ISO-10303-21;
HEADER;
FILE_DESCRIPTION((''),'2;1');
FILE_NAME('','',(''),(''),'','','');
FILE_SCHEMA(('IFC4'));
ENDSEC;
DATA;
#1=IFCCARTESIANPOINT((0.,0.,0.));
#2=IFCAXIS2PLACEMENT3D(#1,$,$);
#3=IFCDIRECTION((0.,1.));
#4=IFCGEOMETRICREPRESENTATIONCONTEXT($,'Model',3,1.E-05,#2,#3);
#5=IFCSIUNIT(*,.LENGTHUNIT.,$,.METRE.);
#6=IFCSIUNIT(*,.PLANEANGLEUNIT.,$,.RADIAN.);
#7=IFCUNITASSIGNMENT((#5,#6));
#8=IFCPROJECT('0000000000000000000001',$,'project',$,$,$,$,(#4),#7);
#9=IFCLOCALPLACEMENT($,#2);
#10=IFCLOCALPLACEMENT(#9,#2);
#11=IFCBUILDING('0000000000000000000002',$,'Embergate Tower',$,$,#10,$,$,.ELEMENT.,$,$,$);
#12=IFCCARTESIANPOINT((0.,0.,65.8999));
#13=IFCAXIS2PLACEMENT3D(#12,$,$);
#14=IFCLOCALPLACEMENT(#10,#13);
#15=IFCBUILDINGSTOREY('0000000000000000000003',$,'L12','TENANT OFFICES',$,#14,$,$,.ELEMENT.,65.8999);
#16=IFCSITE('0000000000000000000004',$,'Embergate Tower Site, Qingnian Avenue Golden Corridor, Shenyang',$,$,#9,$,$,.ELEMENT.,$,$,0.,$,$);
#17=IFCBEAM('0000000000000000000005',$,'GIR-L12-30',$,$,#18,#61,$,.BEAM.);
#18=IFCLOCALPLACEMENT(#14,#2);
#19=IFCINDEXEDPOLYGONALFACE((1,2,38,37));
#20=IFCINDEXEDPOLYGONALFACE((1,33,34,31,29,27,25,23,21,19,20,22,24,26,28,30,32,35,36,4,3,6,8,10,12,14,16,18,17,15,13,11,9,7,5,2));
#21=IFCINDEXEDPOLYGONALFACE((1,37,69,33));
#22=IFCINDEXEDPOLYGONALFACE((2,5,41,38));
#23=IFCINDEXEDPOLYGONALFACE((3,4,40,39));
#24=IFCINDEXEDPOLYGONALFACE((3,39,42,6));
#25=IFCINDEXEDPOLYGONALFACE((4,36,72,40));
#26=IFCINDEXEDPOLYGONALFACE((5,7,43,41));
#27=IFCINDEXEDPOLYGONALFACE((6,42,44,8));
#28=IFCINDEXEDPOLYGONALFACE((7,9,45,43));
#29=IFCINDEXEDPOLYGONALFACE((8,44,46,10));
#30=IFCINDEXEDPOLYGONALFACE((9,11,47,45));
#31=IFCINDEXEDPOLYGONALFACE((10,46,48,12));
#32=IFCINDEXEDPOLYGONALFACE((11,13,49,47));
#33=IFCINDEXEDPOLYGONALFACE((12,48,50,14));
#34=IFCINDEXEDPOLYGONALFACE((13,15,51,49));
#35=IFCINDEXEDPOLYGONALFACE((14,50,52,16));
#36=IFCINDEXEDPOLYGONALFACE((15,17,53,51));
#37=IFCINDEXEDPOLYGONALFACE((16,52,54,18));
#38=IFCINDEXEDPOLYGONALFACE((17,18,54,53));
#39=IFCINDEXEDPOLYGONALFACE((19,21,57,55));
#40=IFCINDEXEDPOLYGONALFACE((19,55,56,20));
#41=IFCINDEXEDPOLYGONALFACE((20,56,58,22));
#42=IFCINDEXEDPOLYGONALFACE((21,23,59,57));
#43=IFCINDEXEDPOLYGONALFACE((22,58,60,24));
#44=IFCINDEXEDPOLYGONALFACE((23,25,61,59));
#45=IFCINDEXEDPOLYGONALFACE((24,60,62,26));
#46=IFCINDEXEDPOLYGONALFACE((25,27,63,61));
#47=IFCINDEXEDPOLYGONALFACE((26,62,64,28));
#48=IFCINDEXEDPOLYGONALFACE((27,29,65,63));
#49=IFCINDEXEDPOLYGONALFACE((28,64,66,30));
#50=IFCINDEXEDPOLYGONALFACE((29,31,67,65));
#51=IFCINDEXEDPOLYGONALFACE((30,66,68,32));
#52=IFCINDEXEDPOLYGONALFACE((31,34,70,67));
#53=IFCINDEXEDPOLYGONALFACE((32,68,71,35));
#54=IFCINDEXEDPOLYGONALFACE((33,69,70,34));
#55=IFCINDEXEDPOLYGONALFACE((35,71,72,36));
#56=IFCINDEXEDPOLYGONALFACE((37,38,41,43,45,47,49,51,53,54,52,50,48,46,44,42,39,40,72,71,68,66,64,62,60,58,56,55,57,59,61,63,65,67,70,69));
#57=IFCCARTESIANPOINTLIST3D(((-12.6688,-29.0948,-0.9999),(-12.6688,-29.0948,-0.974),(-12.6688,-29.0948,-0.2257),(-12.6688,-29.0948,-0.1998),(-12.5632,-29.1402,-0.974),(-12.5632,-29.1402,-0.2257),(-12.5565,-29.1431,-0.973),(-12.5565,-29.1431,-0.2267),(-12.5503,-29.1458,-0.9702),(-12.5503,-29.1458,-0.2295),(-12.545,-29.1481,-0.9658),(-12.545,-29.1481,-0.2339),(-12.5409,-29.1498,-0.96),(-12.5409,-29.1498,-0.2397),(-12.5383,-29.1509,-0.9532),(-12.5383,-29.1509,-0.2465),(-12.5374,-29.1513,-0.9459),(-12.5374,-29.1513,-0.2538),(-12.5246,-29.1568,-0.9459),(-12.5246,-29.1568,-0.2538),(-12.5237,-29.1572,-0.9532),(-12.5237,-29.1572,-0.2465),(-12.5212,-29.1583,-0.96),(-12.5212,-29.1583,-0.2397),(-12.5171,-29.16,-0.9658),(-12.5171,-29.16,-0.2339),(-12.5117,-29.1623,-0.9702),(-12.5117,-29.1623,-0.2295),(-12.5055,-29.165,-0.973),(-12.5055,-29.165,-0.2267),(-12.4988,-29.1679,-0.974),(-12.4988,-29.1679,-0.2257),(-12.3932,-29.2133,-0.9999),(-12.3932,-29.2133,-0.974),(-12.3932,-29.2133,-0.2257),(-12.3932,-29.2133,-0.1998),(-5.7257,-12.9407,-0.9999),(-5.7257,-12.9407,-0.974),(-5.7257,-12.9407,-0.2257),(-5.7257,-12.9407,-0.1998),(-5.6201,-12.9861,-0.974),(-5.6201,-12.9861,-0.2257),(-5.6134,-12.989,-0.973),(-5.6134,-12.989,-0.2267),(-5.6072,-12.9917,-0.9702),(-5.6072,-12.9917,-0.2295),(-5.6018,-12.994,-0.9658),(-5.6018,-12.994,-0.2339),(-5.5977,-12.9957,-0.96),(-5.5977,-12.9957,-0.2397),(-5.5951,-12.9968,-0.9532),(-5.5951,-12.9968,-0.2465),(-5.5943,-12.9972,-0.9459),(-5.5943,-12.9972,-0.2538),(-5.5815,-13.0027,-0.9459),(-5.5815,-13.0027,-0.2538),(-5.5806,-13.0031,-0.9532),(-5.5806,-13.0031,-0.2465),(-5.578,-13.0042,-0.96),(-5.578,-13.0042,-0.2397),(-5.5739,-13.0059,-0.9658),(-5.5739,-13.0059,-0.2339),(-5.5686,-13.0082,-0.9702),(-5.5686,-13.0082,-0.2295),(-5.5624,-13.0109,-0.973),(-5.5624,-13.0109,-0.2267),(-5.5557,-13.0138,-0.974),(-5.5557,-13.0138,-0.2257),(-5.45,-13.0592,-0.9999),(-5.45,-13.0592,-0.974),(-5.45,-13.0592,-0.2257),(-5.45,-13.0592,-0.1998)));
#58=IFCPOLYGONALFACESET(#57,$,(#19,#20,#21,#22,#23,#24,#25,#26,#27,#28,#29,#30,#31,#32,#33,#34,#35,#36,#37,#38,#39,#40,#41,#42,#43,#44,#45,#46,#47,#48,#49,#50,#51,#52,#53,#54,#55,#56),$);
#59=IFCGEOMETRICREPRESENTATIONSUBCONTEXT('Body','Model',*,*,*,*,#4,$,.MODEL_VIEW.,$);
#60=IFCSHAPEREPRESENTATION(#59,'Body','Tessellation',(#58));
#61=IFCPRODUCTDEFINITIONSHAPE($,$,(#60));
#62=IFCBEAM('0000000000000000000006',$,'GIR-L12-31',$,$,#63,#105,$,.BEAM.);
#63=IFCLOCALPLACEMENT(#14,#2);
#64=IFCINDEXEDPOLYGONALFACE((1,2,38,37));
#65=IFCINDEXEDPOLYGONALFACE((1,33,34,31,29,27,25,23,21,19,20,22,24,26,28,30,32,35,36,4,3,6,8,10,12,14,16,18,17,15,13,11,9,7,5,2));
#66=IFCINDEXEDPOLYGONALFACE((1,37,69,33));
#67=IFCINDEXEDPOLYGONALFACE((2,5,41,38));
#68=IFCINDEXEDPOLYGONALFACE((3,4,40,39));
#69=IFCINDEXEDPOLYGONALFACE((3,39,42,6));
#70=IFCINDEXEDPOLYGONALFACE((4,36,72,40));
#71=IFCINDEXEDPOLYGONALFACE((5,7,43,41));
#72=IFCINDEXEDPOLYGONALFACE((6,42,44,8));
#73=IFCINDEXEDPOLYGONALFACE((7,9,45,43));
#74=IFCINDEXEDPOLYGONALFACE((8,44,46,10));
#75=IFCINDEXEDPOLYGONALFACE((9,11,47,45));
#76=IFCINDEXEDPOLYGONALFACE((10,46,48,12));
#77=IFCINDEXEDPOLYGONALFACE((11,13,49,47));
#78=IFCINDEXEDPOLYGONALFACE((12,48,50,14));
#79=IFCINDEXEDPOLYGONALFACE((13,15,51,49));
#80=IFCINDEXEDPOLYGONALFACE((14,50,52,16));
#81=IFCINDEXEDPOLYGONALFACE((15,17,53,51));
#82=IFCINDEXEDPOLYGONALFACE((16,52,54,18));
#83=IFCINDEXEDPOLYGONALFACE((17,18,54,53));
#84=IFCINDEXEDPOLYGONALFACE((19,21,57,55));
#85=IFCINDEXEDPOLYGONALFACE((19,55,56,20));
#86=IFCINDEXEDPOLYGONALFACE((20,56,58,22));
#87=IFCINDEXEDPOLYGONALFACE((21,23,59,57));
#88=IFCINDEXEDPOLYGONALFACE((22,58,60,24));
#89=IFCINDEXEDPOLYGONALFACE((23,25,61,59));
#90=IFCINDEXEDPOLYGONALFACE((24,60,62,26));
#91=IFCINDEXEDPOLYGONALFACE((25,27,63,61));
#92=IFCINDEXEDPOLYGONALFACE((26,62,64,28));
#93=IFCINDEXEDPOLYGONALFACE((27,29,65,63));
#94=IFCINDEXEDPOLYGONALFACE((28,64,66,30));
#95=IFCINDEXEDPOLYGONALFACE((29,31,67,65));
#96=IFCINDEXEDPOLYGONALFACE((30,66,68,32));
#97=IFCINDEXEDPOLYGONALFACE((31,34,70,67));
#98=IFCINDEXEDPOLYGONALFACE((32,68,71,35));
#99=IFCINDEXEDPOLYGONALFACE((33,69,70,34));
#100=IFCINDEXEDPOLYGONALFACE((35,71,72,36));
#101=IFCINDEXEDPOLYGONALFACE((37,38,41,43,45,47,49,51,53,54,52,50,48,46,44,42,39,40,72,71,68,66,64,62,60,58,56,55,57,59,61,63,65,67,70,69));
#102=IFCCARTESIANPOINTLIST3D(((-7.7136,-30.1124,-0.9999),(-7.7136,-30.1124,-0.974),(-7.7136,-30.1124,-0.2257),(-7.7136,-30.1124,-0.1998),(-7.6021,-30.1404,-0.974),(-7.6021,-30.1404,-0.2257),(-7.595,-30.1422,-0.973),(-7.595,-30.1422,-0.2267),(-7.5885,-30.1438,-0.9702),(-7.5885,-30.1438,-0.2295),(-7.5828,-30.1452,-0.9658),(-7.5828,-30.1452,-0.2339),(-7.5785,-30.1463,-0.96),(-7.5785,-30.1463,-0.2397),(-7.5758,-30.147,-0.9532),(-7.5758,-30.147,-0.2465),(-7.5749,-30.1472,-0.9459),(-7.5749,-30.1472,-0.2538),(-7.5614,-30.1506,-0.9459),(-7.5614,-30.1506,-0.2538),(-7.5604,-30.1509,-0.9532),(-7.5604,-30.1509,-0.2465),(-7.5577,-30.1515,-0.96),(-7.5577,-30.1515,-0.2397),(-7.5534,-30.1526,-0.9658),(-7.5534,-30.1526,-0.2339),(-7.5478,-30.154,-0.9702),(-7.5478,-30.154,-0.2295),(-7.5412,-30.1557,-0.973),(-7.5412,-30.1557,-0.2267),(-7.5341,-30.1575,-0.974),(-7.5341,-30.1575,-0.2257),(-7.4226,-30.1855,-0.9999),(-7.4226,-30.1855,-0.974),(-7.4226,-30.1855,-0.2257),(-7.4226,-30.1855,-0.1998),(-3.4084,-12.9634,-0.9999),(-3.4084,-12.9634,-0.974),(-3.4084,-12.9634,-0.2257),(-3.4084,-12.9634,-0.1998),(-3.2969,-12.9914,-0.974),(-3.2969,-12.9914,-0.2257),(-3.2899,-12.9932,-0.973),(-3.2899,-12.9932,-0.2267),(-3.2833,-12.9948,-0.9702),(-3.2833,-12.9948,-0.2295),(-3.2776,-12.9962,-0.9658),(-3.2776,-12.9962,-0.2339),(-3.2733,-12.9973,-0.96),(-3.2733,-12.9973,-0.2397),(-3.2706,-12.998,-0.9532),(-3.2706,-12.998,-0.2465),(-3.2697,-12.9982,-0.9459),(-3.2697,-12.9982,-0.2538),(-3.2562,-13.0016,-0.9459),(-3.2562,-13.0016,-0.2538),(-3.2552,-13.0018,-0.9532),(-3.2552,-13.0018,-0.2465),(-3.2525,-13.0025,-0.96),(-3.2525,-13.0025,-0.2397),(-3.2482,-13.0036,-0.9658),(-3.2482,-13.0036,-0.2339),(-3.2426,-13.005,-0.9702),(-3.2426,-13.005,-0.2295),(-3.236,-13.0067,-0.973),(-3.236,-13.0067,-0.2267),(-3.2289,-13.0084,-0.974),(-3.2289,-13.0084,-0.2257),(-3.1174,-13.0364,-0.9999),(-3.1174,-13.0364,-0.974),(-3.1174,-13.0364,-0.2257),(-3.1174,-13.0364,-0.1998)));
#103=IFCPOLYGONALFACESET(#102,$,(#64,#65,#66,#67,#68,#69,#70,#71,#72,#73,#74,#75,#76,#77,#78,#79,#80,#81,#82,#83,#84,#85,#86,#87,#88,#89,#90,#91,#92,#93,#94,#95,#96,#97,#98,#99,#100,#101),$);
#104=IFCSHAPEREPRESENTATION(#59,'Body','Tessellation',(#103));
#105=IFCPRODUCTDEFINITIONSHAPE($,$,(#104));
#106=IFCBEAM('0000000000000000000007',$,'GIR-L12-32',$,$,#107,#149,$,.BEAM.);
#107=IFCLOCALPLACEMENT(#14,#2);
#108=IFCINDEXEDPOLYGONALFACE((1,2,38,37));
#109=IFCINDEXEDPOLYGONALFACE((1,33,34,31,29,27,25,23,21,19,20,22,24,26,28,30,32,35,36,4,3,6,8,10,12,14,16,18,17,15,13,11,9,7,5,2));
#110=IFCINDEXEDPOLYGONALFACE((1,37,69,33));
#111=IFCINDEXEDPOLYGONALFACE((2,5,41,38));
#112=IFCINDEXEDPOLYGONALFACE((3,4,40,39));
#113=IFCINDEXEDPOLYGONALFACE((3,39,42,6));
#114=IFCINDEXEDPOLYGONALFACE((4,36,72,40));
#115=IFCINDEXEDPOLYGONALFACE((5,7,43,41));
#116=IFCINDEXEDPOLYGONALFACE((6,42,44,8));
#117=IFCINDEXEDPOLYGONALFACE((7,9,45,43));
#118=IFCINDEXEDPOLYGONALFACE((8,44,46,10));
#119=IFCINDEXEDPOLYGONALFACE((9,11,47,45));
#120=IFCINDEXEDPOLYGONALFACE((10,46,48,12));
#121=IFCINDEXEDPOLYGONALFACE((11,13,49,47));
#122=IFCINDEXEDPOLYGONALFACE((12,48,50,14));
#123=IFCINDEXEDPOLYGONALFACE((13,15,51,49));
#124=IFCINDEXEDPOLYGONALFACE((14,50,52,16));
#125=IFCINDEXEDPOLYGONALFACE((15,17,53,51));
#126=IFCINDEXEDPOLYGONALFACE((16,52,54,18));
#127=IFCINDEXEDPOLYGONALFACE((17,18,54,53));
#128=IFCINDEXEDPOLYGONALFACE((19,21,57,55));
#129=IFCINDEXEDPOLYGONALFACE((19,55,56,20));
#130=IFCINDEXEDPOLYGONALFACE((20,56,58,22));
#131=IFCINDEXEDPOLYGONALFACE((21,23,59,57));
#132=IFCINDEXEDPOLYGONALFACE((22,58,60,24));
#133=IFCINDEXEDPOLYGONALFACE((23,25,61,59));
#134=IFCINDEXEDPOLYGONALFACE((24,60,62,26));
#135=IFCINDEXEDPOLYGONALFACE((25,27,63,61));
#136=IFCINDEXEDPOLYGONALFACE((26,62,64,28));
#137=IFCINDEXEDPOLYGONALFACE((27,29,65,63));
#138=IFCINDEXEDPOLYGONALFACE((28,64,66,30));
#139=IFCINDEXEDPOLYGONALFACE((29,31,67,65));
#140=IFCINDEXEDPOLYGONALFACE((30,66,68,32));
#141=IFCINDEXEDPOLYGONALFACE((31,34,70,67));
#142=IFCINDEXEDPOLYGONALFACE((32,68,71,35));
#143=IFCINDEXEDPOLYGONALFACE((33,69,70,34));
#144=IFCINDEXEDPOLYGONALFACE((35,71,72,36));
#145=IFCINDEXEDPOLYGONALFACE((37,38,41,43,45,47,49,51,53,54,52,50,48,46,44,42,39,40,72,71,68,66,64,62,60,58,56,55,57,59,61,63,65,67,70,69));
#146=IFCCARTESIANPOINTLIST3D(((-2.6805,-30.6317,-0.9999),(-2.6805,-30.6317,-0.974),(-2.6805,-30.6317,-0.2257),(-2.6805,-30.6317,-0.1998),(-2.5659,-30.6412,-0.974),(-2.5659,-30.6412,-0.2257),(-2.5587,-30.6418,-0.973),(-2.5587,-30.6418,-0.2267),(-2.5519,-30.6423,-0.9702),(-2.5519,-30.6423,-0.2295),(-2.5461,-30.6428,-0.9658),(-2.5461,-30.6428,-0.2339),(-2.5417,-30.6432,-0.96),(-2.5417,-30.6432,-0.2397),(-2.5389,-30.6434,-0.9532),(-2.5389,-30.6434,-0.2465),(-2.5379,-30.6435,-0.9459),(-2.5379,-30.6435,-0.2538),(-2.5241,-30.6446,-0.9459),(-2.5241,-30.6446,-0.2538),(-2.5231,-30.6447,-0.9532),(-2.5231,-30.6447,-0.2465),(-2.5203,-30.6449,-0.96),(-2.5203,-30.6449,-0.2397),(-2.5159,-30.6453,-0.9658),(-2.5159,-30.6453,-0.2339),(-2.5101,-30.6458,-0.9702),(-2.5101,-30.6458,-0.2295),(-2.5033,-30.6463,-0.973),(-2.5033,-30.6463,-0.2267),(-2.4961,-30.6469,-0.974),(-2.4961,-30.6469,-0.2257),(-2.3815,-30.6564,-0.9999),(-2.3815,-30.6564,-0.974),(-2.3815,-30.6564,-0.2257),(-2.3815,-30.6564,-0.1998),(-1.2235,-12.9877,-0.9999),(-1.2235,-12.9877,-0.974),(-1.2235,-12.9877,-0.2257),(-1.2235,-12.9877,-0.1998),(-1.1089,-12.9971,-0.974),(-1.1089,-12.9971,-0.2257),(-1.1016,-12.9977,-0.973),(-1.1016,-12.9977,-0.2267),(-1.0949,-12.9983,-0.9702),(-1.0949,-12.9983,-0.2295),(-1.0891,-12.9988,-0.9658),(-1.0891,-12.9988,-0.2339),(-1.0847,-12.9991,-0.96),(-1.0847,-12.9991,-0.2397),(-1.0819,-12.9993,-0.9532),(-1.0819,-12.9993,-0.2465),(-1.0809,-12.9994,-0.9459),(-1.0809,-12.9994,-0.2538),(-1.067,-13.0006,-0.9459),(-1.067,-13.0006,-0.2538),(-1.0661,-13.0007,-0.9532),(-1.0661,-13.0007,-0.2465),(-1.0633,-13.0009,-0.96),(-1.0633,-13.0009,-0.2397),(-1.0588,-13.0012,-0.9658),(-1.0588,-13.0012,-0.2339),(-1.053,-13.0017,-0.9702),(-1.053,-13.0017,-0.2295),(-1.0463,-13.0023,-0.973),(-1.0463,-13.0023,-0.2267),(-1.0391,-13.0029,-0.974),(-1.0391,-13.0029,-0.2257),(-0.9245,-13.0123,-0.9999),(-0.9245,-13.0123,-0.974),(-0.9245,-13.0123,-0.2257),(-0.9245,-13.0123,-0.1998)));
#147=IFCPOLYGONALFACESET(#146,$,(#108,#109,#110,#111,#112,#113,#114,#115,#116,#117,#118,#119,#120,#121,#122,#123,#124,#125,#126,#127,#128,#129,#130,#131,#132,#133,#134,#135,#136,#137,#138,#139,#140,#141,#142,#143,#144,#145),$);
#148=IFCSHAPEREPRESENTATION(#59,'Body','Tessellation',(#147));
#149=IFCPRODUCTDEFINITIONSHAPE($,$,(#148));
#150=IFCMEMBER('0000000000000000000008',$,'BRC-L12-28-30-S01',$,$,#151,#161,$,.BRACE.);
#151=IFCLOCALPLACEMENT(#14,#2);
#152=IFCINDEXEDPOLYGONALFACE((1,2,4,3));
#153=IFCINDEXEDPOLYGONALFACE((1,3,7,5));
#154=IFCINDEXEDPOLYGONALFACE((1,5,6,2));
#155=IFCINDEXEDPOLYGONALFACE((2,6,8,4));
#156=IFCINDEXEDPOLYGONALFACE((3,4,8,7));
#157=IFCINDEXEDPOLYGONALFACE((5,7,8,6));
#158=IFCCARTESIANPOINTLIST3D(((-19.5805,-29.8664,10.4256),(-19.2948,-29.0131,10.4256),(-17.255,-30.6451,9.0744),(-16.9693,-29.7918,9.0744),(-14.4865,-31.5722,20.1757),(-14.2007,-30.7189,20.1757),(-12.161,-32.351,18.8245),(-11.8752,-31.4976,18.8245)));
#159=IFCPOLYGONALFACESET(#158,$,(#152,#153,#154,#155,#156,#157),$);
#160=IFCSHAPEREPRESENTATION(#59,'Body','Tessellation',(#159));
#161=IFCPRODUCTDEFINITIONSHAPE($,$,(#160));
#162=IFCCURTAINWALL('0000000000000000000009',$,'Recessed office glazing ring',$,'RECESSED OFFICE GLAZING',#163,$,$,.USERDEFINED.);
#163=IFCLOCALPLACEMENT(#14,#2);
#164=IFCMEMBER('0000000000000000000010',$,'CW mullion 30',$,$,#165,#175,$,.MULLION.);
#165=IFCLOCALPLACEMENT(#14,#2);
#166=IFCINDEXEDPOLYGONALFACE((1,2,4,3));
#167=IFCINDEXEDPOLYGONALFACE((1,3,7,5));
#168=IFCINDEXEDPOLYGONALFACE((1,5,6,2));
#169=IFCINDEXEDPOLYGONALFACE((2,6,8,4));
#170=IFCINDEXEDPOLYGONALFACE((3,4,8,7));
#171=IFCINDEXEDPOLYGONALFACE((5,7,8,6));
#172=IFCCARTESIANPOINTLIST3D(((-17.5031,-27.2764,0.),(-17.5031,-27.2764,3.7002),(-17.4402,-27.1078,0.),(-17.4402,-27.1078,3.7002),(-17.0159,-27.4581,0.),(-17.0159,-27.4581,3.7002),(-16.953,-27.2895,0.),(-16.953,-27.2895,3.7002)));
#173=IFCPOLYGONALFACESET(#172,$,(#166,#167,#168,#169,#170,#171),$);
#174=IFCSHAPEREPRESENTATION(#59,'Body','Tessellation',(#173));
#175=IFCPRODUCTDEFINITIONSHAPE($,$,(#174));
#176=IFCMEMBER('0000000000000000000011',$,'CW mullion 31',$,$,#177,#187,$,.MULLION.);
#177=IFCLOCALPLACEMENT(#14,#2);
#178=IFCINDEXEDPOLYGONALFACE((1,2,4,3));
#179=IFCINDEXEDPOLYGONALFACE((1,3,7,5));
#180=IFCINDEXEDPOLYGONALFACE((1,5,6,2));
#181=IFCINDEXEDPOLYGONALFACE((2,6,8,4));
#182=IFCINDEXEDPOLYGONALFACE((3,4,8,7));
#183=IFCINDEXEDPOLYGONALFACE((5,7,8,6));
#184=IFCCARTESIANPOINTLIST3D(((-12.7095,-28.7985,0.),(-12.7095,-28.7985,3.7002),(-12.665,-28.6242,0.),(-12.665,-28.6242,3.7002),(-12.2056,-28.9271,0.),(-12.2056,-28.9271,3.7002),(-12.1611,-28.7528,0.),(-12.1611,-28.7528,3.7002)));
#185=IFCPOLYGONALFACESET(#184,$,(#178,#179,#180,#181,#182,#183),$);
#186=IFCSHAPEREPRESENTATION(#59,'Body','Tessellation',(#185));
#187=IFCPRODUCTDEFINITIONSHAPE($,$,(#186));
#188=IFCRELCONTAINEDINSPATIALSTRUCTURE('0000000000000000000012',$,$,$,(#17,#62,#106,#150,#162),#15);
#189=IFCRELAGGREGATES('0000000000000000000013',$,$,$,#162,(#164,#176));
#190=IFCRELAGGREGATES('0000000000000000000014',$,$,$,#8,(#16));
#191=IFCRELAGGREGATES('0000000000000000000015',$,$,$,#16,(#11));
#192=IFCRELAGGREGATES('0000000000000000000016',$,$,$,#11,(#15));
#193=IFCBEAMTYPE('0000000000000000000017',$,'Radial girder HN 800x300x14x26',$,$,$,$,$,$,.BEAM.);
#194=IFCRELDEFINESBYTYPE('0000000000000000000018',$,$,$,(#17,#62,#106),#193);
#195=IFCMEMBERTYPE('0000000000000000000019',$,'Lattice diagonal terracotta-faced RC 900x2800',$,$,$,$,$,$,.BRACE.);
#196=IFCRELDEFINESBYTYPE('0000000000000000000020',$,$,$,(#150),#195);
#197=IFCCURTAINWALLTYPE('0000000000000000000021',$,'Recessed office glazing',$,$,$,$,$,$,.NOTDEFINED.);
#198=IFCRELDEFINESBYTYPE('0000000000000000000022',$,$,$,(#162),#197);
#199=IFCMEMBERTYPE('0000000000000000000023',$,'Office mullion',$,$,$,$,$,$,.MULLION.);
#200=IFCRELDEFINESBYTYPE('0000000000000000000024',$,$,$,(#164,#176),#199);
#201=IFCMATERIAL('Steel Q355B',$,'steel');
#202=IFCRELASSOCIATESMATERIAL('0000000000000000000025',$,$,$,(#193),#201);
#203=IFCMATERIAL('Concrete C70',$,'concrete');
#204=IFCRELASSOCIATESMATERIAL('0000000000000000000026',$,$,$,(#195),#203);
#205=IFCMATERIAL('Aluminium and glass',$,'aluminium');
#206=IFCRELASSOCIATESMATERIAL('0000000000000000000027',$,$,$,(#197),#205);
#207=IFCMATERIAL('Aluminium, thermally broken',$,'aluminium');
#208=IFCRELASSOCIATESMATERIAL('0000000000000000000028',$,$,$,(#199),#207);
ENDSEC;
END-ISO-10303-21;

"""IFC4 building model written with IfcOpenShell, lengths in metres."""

from ifc_helpers import new_model, si_unit, direction, frame, origin, origin_2d, place, context, subcontext, project, spatial, rectangle, i_section, extrude, source, transform, mapped, material, material_profile, profile_set, type_object, element, aggregate, save


model = new_model("IFC4")

# Units and contexts
model_context = context("Model", 3, precision=1e-05, world=origin(), true_north=direction((0.0, 1.0)))
body_context = subcontext(model_context, "Body", "Model", "MODEL_VIEW")
ifc_project = project(units=[si_unit("LENGTHUNIT", "METRE"), si_unit("PLANEANGLEUNIT", "RADIAN")], contexts=[model_context])

# Site, building, storey
site_placement = place(None, origin())
site = spatial("IfcSite", under=ifc_project, at=site_placement, Name="Embergate Tower Site, Qingnian Avenue Golden Corridor, Shenyang", CompositionType="ELEMENT", RefElevation=0.0)
building_placement = place(site_placement, origin())
building = spatial("IfcBuilding", under=site, at=building_placement, Name="Embergate Tower", CompositionType="ELEMENT")
storey_placement = place(building_placement, frame((0.0, 0.0, 65.8999)))
storey = spatial("IfcBuildingStorey", under=building, at=storey_placement, Name="L12", Description="TENANT OFFICES", CompositionType="ELEMENT", Elevation=65.8999)

# Shared definitions
ifc_material_1 = material(Name="Concrete C70", Category="concrete")

# Beams
ifc_material_2 = material(Name="Steel Q355B", Category="steel")
ifc_material_profile_1 = material_profile(ifc_material_2, i_section(OverallWidth=0.3, OverallDepth=0.8, WebThickness=0.0139, FlangeThickness=0.0259, FilletRadius=0.0281, at=origin_2d()), Name="HN 800x300x14x26")
ifc_profile_set_1 = profile_set([ifc_material_profile_1], Name="Steel Q355 grade B")
beam_type_1 = type_object("IfcBeamType", Name="Radial girder HN 800x300x14x26", PredefinedType="BEAM", material=ifc_profile_set_1)
shared_shape_1 = source(origin(), body_context, "Body", "SweptSolid", [
    extrude(i_section(OverallWidth=0.3, OverallDepth=0.8, WebThickness=0.0139, FlangeThickness=0.0259, FilletRadius=0.0281, at=origin_2d()), origin(), (0.0, 0.0, 1.0), 17.583),
])
beam_1_placement = place(storey_placement, frame((-12.531, -29.1541, -0.5999), z_axis=(0.394878, 0.918734, 0.0), x_axis=(-0.918734, 0.394878, 0.0)))
element("IfcBeam", 1, at=beam_1_placement, inside=storey, type_object=beam_type_1, Name="GIR-L12-30", PredefinedType="BEAM", context=body_context, shape_type="MappedRepresentation", body=[
    mapped(shared_shape_1, transform((0.0, 0.0, 0.0))),
])
shared_shape_2 = source(origin(), body_context, "Body", "SweptSolid", [
    extrude(i_section(OverallWidth=0.3, OverallDepth=0.8, WebThickness=0.0139, FlangeThickness=0.0259, FilletRadius=0.0281, at=origin_2d()), origin(), (0.0, 0.0, 1.0), 17.6812),
])
beam_2_placement = place(storey_placement, frame((-7.5681, -30.1489, -0.5999), z_axis=(0.243491, 0.969903, 0.0), x_axis=(-0.969903, 0.243491, 0.0)))
element("IfcBeam", 2, at=beam_2_placement, inside=storey, type_object=beam_type_1, Name="GIR-L12-31", PredefinedType="BEAM", context=body_context, shape_type="MappedRepresentation", body=[
    mapped(shared_shape_2, transform((0.0, 0.0, 0.0))),
])
shared_shape_3 = source(origin(), body_context, "Body", "SweptSolid", [
    extrude(i_section(OverallWidth=0.3, OverallDepth=0.8, WebThickness=0.0139, FlangeThickness=0.0259, FilletRadius=0.0281, at=origin_2d()), origin(), (0.0, 0.0, 1.0), 17.7041),
])
beam_3_placement = place(storey_placement, frame((-2.531, -30.644, -0.5999), z_axis=(0.082299, 0.996608, 0.0), x_axis=(-0.996608, 0.082299, 0.0)))
element("IfcBeam", 3, at=beam_3_placement, inside=storey, type_object=beam_type_1, Name="GIR-L12-32", PredefinedType="BEAM", context=body_context, shape_type="MappedRepresentation", body=[
    mapped(shared_shape_3, transform((0.0, 0.0, 0.0))),
])

# Member
ifc_material_profile_2 = material_profile(ifc_material_1, rectangle(XDim=0.8999, YDim=2.8, at=origin_2d()), Name="RC 900x2800")
ifc_profile_set_2 = profile_set([ifc_material_profile_2], Name="Concrete C70")
member_type_1 = type_object("IfcMemberType", Name="Lattice diagonal terracotta-faced RC 900x2800", PredefinedType="BRACE", material=ifc_profile_set_2)
shared_shape_4 = source(origin(), body_context, "Body", "SweptSolid", [
    extrude(rectangle(XDim=0.8999, YDim=2.8, at=origin_2d()), origin(), (0.0, 0.0, 1.0), 11.1321),
])
member_1_placement = place(storey_placement, frame((-18.2749, -29.8291, 9.75), z_axis=(0.4576, -0.153235, 0.875855), x_axis=(0.317536, 0.948246, 0.0)))
element("IfcMember", 4, at=member_1_placement, inside=storey, type_object=member_type_1, Name="BRC-L12-28-30-S01", PredefinedType="BRACE", context=body_context, shape_type="MappedRepresentation", body=[
    mapped(shared_shape_4, transform((0.0, 0.0, 0.0))),
])

# Curtain wall, members
ifc_material_3 = material(Name="Aluminium and glass", Category="aluminium")
curtain_wall_type = type_object("IfcCurtainWallType", Name="Recessed office glazing", PredefinedType="NOTDEFINED", material=ifc_material_3)
curtain_wall_placement = place(storey_placement, origin())
curtain_wall = element("IfcCurtainWall", 5, at=curtain_wall_placement, inside=storey, type_object=curtain_wall_type, Name="Recessed office glazing ring", ObjectType="RECESSED OFFICE GLAZING", PredefinedType="USERDEFINED")
ifc_material_4 = material(Name="Aluminium, thermally broken", Category="aluminium")
ifc_material_profile_3 = material_profile(ifc_material_4, rectangle(XDim=0.1799, YDim=0.52, at=origin_2d()), Name="AL 520x180")
ifc_profile_set_3 = profile_set([ifc_material_profile_3], Name="Aluminium, thermally broken")
member_type_2 = type_object("IfcMemberType", Name="Office mullion", PredefinedType="MULLION", material=ifc_profile_set_3)
shared_shape_5 = source(origin(), body_context, "Body", "SweptSolid", [
    extrude(rectangle(XDim=0.1799, YDim=0.52, at=origin_2d()), origin(), (0.0, 0.0, 1.0), 3.7002),
])
member_2_placement = place(storey_placement, frame((-17.228, -27.283, 0.0), z_axis=(0.0, 0.0, 1.0), x_axis=(0.349511, 0.936932, 0.0)))
member_2 = element("IfcMember", 6, at=member_2_placement, type_object=member_type_2, Name="CW mullion 30", PredefinedType="MULLION", context=body_context, shape_type="MappedRepresentation", body=[
    mapped(shared_shape_5, transform((0.0, 0.0, 0.0))),
])
member_3_placement = place(storey_placement, frame((-12.4353, -28.7756, 0.0), z_axis=(0.0, 0.0, 1.0), x_axis=(0.247319, 0.968934, 0.0)))
member_3 = element("IfcMember", 7, at=member_3_placement, type_object=member_type_2, Name="CW mullion 31", PredefinedType="MULLION", context=body_context, shape_type="MappedRepresentation", body=[
    mapped(shared_shape_5, transform((0.0, 0.0, 0.0))),
])
aggregate(curtain_wall, [member_2, member_3])

save(model, "model.ifc")
